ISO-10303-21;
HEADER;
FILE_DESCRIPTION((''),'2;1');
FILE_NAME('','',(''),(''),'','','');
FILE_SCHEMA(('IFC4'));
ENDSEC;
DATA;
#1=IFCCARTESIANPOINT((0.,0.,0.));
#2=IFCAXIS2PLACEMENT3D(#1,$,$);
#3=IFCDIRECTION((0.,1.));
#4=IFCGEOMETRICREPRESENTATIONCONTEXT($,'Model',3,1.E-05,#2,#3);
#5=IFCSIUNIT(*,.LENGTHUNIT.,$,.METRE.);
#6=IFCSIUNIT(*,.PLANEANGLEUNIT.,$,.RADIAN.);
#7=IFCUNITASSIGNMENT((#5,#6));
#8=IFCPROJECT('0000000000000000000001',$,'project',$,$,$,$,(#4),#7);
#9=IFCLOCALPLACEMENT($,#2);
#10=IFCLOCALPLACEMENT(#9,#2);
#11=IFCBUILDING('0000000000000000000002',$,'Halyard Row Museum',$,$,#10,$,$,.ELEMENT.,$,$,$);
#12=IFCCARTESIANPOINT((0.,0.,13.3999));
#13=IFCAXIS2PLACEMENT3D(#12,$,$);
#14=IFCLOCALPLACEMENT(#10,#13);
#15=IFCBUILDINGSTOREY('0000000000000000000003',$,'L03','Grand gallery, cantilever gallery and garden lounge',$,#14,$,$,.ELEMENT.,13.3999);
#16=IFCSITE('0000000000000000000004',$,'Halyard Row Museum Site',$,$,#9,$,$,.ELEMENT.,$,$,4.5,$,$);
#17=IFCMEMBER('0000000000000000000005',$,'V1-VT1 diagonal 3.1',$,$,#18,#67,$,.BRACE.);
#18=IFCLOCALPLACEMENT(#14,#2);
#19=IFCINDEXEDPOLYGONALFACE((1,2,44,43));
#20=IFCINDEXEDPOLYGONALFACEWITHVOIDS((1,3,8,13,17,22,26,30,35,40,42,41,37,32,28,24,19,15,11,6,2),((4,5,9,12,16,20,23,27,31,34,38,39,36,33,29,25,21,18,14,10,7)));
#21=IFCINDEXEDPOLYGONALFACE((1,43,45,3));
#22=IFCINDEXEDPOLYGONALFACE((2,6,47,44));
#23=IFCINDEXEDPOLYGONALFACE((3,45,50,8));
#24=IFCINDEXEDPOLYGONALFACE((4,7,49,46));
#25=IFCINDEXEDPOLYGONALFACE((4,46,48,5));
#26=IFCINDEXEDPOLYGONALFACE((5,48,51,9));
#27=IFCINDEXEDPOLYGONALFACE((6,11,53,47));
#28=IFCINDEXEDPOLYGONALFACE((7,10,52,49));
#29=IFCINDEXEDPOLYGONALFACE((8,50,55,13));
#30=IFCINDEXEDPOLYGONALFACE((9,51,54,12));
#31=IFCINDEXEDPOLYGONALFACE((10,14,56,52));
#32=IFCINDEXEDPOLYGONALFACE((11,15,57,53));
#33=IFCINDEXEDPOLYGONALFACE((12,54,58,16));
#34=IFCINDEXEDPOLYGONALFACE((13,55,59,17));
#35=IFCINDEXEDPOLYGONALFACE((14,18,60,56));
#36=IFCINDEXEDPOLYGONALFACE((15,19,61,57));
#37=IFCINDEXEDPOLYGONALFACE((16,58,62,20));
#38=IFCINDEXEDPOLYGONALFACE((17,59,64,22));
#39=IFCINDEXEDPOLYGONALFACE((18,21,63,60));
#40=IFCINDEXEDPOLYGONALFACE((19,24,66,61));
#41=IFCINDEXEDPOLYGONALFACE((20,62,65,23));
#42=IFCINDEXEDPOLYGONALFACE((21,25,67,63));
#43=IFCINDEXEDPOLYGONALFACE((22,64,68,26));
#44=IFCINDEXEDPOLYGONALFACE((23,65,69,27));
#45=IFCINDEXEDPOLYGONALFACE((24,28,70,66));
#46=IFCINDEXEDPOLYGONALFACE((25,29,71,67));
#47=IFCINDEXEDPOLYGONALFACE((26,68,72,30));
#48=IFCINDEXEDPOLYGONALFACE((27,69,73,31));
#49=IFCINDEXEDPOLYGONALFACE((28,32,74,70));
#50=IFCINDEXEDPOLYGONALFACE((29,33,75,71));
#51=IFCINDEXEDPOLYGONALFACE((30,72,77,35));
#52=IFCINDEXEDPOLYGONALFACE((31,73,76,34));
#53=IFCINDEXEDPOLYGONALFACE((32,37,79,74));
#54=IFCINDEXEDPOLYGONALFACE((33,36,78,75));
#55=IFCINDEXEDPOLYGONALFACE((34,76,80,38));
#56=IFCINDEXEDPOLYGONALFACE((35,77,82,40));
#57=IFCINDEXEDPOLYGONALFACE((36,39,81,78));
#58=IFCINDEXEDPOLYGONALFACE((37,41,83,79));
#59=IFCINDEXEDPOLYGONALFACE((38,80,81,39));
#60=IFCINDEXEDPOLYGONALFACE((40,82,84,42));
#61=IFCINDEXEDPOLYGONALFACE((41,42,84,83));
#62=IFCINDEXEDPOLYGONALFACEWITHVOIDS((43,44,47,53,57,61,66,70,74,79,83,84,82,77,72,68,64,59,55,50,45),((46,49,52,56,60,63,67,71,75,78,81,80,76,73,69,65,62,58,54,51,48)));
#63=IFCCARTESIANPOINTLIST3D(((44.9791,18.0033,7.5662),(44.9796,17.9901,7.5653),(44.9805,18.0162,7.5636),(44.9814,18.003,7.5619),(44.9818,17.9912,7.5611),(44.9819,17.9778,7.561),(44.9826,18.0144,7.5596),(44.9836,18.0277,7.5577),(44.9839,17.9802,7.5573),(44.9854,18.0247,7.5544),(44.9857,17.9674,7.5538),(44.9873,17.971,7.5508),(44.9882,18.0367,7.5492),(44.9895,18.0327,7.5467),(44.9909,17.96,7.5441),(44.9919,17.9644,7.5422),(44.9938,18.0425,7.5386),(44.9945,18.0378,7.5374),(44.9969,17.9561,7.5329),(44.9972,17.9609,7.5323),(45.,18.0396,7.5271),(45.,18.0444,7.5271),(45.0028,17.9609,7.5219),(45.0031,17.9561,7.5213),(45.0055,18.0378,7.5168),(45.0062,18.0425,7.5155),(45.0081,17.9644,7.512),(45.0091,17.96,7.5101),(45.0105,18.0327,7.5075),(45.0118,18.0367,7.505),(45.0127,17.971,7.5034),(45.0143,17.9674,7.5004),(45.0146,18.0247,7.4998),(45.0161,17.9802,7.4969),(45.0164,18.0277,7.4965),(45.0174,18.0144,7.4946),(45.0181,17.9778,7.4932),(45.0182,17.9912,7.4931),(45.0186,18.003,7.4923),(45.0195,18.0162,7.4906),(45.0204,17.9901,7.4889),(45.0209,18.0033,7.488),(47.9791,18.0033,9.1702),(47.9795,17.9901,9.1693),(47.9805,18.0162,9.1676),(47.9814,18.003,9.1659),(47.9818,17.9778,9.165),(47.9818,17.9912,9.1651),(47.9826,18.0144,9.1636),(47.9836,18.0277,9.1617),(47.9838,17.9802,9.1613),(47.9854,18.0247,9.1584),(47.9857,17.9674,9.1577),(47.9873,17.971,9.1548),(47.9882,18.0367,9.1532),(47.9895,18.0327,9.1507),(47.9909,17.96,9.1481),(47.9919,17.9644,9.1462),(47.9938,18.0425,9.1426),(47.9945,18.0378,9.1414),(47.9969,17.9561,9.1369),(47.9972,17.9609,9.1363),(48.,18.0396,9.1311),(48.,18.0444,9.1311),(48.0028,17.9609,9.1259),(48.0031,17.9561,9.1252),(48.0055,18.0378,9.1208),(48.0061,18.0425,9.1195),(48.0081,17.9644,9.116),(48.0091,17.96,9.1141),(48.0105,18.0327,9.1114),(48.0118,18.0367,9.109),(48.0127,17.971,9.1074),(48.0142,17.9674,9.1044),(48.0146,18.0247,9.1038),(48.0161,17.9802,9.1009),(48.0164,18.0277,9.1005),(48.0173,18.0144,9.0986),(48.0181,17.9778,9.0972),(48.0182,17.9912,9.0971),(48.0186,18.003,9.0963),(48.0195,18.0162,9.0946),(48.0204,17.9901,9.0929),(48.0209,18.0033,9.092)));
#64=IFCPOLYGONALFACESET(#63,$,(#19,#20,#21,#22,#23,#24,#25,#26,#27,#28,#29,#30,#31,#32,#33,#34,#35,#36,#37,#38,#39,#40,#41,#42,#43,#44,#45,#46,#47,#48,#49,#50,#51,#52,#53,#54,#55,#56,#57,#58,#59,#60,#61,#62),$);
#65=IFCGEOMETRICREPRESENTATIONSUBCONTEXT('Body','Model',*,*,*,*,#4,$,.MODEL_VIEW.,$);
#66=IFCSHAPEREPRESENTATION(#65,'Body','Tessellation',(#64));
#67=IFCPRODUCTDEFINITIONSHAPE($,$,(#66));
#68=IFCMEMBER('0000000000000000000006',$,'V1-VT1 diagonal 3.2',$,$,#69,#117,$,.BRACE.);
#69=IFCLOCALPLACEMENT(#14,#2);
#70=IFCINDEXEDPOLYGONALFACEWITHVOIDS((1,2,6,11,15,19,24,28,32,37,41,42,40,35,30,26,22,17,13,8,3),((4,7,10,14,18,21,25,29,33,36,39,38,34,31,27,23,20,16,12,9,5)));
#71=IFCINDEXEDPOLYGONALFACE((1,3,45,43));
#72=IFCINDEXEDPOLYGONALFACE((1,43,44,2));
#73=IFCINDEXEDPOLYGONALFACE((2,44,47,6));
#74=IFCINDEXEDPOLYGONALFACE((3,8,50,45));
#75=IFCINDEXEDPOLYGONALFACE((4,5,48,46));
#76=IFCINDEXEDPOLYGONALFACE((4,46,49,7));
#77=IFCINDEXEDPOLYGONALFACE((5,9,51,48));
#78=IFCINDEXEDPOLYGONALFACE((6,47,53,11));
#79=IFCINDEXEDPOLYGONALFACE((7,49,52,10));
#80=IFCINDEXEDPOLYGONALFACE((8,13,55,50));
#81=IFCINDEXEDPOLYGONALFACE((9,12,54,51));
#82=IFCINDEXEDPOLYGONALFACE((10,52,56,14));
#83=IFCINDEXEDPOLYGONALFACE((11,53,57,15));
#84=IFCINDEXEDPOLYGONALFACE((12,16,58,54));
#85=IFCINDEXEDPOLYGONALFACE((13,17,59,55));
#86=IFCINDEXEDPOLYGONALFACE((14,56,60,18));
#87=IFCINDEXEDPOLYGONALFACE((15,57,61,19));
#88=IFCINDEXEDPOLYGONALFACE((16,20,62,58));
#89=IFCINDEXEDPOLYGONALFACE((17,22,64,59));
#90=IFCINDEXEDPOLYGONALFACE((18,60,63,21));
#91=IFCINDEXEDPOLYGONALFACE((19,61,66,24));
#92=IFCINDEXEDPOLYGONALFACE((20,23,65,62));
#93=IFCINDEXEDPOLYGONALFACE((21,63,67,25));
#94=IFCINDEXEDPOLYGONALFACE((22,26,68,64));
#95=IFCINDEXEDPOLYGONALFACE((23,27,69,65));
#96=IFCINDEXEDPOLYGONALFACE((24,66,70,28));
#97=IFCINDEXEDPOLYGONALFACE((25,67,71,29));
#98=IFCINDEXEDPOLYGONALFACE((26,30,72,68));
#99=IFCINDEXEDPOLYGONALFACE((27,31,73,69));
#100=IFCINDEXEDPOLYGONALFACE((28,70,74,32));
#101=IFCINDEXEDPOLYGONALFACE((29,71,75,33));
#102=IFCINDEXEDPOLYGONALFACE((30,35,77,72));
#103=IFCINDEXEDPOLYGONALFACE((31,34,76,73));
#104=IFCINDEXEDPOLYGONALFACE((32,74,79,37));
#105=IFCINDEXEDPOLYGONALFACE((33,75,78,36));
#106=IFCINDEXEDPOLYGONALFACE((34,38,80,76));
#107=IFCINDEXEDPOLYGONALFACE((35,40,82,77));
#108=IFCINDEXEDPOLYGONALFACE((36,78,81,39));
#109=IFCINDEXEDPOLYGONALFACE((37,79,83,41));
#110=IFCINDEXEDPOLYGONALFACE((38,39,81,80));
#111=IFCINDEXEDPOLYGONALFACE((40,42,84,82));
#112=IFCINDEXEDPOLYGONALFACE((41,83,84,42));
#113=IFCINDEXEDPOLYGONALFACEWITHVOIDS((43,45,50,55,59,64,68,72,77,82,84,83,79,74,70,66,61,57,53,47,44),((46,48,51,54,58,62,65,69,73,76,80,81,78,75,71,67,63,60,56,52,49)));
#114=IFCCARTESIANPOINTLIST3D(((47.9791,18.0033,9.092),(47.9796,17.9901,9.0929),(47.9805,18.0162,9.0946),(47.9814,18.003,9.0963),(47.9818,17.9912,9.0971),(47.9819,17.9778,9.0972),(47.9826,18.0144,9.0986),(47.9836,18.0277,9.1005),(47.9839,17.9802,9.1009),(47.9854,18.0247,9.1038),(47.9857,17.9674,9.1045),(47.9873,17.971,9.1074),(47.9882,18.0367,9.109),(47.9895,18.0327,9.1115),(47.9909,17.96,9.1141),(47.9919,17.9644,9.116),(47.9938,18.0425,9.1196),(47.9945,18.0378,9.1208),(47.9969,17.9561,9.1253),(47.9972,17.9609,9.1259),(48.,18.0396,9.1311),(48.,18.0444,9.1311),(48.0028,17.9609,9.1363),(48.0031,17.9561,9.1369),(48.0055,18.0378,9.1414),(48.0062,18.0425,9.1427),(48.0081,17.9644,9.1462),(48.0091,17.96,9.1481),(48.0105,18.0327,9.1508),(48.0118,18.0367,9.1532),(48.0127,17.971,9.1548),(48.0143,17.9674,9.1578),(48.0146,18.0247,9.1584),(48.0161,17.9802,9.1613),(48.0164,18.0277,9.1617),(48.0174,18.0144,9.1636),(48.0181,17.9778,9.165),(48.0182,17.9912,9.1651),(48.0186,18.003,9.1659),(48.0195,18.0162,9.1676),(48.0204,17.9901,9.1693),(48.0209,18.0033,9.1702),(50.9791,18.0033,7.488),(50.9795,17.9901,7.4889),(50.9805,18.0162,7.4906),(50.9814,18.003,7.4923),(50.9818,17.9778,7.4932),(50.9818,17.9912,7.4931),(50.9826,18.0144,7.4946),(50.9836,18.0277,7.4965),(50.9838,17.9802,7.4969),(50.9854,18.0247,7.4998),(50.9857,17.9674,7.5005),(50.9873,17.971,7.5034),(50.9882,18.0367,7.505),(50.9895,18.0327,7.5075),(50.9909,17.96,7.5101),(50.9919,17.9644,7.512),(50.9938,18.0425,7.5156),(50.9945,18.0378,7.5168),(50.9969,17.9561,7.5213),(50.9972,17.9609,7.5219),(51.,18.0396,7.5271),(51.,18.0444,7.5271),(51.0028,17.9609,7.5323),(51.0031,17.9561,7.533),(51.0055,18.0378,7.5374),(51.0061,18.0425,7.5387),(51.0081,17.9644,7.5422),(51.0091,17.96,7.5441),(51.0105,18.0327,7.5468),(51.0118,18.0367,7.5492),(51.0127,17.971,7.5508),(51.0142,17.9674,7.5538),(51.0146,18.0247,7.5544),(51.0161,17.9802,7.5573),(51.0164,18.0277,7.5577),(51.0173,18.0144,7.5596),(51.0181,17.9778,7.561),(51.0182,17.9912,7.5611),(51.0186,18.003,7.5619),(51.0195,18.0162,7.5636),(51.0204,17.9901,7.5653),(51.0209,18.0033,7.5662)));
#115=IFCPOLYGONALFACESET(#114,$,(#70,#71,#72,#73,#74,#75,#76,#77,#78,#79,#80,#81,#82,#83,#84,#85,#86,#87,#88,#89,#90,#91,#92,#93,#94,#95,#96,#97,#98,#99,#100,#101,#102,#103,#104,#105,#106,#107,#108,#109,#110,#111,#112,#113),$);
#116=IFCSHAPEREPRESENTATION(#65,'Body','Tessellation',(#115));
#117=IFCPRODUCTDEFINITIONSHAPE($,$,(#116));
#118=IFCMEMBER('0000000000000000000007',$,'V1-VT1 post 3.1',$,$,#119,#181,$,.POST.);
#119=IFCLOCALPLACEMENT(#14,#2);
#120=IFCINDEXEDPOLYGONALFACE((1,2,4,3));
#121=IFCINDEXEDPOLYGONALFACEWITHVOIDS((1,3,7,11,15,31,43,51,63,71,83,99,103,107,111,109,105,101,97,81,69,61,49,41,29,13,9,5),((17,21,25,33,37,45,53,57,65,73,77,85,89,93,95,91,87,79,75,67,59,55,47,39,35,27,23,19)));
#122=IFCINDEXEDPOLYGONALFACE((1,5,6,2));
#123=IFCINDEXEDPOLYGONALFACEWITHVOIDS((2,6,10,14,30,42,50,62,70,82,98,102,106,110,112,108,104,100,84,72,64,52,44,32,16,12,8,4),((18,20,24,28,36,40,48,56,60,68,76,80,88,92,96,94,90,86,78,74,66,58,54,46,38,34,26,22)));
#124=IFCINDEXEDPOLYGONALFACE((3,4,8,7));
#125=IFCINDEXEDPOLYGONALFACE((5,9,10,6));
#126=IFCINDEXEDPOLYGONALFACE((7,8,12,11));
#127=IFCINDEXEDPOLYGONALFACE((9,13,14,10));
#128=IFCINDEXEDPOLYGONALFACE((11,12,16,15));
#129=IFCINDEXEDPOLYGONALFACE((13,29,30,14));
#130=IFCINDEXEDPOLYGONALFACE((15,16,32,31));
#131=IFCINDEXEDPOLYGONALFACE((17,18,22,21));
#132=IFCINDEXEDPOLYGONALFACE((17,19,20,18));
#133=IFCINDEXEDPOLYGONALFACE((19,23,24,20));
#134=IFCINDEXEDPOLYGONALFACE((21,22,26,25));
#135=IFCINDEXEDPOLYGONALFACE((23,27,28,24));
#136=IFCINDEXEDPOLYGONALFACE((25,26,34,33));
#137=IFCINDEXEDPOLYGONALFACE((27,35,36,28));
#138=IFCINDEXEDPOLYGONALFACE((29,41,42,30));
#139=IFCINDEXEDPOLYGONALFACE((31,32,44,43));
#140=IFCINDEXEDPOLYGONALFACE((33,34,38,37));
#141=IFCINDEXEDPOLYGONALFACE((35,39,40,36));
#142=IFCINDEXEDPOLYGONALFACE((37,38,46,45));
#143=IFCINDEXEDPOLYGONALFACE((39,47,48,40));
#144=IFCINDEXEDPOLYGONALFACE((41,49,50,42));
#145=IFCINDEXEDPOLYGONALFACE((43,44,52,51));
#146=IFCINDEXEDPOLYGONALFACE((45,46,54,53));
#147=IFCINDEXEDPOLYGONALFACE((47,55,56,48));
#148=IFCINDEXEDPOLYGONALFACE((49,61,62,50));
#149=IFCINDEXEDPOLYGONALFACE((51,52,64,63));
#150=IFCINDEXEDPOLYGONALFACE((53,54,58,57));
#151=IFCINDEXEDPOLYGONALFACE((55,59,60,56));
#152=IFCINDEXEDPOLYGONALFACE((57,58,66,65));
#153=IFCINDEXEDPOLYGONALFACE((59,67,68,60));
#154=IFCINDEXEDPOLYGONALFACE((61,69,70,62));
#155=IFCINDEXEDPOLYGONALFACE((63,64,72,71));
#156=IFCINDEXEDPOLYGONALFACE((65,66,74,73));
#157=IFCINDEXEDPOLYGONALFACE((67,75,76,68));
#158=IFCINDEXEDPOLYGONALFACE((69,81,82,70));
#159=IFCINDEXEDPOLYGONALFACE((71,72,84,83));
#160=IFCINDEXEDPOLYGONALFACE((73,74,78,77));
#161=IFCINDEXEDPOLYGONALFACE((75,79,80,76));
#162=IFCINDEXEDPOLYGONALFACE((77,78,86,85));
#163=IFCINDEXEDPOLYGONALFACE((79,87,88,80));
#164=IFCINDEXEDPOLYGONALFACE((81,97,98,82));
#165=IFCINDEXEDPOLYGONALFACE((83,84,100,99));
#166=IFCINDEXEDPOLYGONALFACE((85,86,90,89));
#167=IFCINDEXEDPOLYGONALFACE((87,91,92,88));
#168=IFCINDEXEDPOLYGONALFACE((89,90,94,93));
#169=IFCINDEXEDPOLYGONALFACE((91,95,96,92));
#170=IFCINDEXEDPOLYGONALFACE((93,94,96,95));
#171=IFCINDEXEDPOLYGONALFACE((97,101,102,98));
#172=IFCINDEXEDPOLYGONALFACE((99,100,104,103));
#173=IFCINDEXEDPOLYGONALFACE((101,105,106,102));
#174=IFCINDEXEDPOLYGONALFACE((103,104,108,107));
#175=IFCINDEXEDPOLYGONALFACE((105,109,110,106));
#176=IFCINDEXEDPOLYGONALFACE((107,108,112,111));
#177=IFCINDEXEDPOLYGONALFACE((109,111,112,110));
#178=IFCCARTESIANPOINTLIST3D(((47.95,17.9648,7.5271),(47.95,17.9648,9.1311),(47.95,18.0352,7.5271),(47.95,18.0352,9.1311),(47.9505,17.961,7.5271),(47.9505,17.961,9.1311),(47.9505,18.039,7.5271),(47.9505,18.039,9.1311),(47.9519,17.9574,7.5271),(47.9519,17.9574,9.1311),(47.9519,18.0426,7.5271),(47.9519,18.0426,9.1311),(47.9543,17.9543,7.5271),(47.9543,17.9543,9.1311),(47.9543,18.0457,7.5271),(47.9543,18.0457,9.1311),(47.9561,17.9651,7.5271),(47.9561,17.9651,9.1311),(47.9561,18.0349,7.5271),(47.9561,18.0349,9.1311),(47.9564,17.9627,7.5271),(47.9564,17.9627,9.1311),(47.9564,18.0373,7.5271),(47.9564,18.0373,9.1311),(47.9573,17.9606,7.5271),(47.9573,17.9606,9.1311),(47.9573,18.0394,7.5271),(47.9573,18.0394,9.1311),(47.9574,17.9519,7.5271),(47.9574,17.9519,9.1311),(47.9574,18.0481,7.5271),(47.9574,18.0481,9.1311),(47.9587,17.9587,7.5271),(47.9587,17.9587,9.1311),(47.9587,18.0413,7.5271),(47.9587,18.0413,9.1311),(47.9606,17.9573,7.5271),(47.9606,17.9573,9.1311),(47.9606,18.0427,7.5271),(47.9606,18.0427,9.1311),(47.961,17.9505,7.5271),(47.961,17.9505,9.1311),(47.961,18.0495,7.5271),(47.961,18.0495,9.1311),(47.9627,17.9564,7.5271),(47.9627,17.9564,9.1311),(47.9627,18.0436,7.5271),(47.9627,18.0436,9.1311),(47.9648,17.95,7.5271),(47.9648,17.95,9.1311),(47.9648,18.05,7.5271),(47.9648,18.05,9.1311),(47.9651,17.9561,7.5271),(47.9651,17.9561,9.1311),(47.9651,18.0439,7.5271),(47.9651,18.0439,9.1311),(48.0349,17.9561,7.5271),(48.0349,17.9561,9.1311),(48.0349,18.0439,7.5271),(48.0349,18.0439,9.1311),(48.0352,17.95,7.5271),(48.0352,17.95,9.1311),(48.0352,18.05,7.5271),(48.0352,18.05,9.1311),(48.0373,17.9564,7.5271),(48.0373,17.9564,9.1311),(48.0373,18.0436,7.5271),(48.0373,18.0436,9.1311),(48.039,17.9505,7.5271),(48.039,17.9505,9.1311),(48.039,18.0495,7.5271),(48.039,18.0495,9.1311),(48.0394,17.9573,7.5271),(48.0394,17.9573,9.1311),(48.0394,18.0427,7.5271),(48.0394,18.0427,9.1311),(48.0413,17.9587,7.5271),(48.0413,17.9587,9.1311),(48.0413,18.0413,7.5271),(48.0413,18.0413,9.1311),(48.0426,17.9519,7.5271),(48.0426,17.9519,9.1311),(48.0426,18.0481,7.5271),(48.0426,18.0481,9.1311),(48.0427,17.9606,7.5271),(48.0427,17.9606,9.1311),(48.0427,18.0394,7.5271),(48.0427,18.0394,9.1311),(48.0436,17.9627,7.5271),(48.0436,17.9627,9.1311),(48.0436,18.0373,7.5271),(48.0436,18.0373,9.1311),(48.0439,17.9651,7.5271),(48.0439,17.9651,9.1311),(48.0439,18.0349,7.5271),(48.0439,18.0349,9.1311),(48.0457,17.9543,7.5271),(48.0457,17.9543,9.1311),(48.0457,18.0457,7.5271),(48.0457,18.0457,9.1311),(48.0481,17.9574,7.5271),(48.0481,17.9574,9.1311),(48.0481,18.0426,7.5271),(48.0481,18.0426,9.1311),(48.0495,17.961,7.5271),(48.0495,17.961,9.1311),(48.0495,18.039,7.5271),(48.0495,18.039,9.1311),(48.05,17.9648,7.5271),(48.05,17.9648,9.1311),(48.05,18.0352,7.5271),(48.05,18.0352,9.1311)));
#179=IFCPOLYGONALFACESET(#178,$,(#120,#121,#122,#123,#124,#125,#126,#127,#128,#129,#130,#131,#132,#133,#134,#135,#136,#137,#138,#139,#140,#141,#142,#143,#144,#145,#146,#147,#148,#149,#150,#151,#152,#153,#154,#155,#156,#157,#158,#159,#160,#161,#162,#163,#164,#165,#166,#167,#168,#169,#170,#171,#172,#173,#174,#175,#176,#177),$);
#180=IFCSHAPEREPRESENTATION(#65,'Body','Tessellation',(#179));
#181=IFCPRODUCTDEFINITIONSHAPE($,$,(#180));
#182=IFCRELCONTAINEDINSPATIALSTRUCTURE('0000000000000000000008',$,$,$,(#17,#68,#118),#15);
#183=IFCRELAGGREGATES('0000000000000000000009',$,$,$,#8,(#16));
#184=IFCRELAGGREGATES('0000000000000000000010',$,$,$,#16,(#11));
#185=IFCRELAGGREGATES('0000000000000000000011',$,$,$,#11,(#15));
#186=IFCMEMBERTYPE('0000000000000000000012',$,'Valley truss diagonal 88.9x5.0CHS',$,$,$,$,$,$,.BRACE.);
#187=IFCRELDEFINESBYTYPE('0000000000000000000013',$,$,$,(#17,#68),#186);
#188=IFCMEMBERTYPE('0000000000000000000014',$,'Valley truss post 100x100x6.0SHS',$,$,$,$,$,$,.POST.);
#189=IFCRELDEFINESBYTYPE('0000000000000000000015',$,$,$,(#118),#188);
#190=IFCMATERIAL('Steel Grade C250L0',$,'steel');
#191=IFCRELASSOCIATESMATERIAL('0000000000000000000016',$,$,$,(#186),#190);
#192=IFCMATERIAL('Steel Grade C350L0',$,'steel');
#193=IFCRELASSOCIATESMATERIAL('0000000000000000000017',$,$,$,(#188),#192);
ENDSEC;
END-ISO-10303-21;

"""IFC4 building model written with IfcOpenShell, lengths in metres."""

from ifc_helpers import new_model, si_unit, direction, frame, origin, origin_2d, place, context, subcontext, project, spatial, hollow_rectangle, hollow_circle, extrude, material, material_profile, profile_set, type_object, element, save


model = new_model("IFC4")

# Units and contexts
model_context = context("Model", 3, precision=1e-05, world=origin(), true_north=direction((0.0, 1.0)))
body_context = subcontext(model_context, "Body", "Model", "MODEL_VIEW")
ifc_project = project(units=[si_unit("LENGTHUNIT", "METRE"), si_unit("PLANEANGLEUNIT", "RADIAN")], contexts=[model_context])

# Site, building, storey
site_placement = place(None, origin())
site = spatial("IfcSite", under=ifc_project, at=site_placement, Name="Halyard Row Museum Site", CompositionType="ELEMENT", RefElevation=4.5)
building_placement = place(site_placement, origin())
building = spatial("IfcBuilding", under=site, at=building_placement, Name="Halyard Row Museum", CompositionType="ELEMENT")
storey_placement = place(building_placement, frame((0.0, 0.0, 13.3999)))
storey = spatial("IfcBuildingStorey", under=building, at=storey_placement, Name="L03", Description="Grand gallery, cantilever gallery and garden lounge", CompositionType="ELEMENT", Elevation=13.3999)

# Members
ifc_material_1 = material(Name="Steel Grade C250L0", Category="steel")
ifc_material_profile_1 = material_profile(ifc_material_1, hollow_circle(Radius=0.0444, WallThickness=0.0049, at=origin_2d()), Name="88.9x5.0CHS")
ifc_profile_set_1 = profile_set([ifc_material_profile_1], Name="Steel Grade C250L0")
member_type_1 = type_object("IfcMemberType", Name="Valley truss diagonal 88.9x5.0CHS", PredefinedType="BRACE", material=ifc_profile_set_1)
for number, where, z_axis, x_axis, name in (
    (1, (45.0, 18.0, 7.5271), (0.881864, 0.0, 0.471504), (0.0, 1.0, 0.0), "V1-VT1 diagonal 3.1"),
    (2, (48.0, 18.0, 9.1311), (0.881864, 0.0, -0.471504), (0.0, 1.0, 0.0), "V1-VT1 diagonal 3.2"),
):
    element("IfcMember", number, at=place(storey_placement, frame(where, z_axis=z_axis, x_axis=x_axis)), inside=storey, type_object=member_type_1, Name=name, PredefinedType="BRACE", context=body_context, shape_type="SweptSolid", body=[
        extrude(hollow_circle(Radius=0.0444, WallThickness=0.0049, at=origin_2d()), origin(), (0.0, 0.0, 1.0), 3.4019),
    ])
ifc_material_2 = material(Name="Steel Grade C350L0", Category="steel")
ifc_material_profile_2 = material_profile(ifc_material_2, hollow_rectangle(XDim=0.1001, YDim=0.1001, WallThickness=0.0061, InnerFilletRadius=0.009, OuterFilletRadius=0.0149, at=origin_2d()), Name="100x100x6.0SHS")
ifc_profile_set_2 = profile_set([ifc_material_profile_2], Name="Steel Grade C350L0")
member_type_2 = type_object("IfcMemberType", Name="Valley truss post 100x100x6.0SHS", PredefinedType="POST", material=ifc_profile_set_2)
member_1_placement = place(storey_placement, frame((48.0, 18.0, 7.5271), z_axis=(0.0, 0.0, 1.0), x_axis=(1.0, 0.0, 0.0)))
element("IfcMember", 3, at=member_1_placement, inside=storey, type_object=member_type_2, Name="V1-VT1 post 3.1", PredefinedType="POST", context=body_context, shape_type="SweptSolid", body=[
    extrude(hollow_rectangle(XDim=0.1001, YDim=0.1001, WallThickness=0.0061, InnerFilletRadius=0.009, OuterFilletRadius=0.0149, at=origin_2d()), origin(), (0.0, 0.0, 1.0), 1.604),
])

save(model, "model.ifc")
